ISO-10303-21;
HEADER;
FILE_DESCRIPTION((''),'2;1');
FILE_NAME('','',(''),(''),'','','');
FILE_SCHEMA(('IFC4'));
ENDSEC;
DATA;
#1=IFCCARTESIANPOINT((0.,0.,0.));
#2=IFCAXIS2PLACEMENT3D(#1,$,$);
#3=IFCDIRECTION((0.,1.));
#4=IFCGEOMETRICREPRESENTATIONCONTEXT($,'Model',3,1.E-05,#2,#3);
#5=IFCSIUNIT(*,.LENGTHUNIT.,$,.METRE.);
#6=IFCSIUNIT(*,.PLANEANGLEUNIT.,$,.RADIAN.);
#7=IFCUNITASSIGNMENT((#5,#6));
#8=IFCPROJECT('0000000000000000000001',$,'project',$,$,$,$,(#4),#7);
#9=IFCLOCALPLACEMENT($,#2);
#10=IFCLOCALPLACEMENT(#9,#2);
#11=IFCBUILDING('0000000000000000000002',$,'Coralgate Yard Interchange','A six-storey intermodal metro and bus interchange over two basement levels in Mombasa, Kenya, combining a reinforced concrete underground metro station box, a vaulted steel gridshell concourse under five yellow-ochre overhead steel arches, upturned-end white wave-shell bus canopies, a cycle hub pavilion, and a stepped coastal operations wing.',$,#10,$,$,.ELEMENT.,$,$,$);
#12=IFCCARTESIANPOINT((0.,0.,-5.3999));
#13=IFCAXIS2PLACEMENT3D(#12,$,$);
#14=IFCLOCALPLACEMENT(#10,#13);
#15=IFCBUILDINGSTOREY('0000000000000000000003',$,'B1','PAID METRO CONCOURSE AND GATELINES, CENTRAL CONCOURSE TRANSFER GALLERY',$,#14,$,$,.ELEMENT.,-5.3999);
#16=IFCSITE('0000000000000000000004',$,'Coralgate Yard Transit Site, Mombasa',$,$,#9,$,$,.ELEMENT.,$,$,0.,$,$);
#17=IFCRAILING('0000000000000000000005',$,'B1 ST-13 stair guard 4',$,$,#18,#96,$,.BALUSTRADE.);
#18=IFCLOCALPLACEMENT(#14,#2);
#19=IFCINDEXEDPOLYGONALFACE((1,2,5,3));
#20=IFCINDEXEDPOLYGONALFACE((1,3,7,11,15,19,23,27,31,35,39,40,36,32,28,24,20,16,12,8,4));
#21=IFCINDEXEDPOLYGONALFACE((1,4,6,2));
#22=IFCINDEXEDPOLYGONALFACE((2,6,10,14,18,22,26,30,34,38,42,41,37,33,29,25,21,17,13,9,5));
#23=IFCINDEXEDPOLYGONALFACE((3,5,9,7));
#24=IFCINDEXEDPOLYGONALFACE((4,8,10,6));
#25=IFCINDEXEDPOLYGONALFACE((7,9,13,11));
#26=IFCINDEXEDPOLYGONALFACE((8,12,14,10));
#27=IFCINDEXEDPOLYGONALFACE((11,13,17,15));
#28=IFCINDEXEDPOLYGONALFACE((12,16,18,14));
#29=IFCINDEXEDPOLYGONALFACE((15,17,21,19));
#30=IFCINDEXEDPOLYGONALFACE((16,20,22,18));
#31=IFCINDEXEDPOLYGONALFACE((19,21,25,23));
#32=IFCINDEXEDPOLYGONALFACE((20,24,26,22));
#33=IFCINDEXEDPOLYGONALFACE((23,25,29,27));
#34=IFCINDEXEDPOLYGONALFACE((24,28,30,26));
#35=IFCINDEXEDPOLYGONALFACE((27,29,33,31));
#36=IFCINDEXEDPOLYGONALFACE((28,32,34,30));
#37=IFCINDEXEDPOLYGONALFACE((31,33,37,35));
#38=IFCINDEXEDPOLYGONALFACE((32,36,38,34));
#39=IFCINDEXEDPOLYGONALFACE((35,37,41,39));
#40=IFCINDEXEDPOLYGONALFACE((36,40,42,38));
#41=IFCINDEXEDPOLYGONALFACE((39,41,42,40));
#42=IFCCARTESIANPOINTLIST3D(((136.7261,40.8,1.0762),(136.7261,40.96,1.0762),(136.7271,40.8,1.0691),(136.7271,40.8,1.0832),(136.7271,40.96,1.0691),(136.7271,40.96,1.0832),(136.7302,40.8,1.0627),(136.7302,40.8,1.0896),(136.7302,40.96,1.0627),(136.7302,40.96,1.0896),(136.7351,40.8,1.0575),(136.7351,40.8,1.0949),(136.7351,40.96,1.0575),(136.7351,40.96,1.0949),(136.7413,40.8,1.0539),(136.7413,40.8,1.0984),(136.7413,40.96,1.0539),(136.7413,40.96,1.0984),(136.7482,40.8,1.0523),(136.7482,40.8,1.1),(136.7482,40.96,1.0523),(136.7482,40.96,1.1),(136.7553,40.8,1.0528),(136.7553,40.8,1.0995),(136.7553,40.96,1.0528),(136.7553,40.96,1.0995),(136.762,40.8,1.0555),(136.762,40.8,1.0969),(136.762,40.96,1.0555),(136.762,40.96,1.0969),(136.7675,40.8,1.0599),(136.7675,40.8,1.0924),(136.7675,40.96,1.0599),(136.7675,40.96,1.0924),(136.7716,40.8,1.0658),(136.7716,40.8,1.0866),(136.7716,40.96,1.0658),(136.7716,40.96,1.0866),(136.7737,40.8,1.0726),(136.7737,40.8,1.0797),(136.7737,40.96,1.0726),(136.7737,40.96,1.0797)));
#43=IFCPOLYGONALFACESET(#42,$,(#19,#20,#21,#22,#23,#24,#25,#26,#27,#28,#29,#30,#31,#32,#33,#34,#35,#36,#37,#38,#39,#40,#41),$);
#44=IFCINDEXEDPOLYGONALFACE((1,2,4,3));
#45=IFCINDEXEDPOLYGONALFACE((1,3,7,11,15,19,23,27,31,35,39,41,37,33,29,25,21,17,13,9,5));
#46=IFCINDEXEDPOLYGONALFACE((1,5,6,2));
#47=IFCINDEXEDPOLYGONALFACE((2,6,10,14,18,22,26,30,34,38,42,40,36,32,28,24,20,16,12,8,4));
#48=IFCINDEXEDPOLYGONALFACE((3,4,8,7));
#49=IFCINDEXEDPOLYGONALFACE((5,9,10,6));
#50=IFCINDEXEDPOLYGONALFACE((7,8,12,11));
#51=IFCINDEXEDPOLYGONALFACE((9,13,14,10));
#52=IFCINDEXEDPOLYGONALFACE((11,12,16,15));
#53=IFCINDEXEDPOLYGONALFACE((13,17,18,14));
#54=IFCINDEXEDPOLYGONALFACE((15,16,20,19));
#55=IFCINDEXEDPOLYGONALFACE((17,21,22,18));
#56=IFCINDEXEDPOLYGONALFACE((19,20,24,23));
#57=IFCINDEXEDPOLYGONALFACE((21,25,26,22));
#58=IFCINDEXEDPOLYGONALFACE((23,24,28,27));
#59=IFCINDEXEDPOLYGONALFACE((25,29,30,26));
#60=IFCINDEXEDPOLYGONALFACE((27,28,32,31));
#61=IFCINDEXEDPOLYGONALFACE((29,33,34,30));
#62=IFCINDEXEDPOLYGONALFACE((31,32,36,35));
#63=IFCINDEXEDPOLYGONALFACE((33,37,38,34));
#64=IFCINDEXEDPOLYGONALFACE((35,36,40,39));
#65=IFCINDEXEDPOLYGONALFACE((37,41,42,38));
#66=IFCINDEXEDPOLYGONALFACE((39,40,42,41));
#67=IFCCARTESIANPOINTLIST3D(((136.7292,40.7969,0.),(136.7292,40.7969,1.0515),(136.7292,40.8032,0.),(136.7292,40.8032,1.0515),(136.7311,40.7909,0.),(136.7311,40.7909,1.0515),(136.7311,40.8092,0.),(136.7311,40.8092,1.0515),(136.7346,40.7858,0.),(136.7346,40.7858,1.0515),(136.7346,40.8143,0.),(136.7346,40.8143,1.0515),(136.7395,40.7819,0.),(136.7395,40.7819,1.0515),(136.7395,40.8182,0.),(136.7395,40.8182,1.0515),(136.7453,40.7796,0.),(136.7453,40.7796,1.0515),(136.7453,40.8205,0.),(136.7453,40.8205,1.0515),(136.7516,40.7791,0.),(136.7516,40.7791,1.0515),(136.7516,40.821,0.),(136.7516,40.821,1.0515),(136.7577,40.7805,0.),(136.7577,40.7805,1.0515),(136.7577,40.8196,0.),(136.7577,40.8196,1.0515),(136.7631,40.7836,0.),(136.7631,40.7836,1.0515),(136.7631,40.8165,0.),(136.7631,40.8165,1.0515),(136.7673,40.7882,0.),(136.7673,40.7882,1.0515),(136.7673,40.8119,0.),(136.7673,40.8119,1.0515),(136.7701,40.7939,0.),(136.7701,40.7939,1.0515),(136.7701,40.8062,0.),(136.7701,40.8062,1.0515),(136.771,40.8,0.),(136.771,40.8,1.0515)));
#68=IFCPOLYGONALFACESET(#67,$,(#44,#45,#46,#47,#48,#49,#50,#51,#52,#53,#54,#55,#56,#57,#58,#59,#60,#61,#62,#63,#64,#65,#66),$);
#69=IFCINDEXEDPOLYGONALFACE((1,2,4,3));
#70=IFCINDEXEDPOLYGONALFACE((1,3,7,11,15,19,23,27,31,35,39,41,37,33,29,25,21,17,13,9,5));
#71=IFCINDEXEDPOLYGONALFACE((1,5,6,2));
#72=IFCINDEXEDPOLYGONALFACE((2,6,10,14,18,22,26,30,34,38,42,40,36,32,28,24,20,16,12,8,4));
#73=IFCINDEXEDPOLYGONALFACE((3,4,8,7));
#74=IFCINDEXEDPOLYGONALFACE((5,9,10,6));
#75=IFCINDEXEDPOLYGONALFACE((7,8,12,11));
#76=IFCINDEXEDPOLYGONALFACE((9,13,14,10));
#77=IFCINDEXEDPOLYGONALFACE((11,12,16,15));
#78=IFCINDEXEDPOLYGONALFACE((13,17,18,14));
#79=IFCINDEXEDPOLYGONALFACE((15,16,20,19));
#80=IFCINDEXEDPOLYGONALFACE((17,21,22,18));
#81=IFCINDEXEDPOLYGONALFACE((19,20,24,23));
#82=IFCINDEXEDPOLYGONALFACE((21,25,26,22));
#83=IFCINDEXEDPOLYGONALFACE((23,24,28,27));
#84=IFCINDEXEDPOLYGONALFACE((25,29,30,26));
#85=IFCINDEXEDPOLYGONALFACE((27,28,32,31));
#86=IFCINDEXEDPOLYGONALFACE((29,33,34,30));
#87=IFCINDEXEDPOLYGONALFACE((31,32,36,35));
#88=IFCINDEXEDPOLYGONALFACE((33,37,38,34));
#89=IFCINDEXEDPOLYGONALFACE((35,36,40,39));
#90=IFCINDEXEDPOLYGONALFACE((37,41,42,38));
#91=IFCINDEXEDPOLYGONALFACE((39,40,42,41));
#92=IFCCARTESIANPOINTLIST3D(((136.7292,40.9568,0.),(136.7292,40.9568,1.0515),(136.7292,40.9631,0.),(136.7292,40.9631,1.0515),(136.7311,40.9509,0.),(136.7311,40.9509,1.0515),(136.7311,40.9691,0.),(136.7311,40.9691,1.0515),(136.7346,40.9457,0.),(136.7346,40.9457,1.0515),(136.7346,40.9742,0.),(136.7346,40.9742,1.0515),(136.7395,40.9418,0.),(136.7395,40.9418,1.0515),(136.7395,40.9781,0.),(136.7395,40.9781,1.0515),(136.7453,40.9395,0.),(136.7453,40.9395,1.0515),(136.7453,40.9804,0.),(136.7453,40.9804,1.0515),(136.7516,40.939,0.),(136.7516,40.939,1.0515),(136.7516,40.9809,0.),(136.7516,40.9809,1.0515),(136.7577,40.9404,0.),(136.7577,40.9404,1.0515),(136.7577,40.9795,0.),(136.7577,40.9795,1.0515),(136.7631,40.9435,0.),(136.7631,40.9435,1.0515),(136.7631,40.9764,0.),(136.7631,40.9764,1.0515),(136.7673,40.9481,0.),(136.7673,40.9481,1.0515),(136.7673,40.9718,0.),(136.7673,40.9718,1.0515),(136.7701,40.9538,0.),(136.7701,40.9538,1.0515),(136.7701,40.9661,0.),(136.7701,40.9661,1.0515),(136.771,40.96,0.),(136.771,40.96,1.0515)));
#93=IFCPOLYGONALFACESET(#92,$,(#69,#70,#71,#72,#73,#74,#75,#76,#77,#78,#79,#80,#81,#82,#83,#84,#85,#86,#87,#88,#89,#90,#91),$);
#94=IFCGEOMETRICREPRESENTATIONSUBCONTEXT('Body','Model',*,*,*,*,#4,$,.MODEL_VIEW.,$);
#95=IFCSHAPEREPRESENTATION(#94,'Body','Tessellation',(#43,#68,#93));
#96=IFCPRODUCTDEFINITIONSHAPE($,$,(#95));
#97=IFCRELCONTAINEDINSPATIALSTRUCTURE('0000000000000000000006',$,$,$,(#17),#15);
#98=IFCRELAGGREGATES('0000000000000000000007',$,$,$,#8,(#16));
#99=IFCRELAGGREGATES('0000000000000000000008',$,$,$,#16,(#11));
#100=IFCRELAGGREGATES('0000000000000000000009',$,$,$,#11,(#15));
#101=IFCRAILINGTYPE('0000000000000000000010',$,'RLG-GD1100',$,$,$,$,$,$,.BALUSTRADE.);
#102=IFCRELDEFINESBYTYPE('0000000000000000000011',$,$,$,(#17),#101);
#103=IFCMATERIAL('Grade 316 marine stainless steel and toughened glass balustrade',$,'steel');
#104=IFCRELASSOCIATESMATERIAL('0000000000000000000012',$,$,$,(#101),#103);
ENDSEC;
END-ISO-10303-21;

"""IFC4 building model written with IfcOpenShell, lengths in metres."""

from ifc_helpers import new_model, si_unit, direction, frame, origin, origin_2d, place, context, subcontext, project, spatial, circle, extrude, material, type_object, element, save


model = new_model("IFC4")

# Units and contexts
model_context = context("Model", 3, precision=1e-05, world=origin(), true_north=direction((0.0, 1.0)))
body_context = subcontext(model_context, "Body", "Model", "MODEL_VIEW")
ifc_project = project(units=[si_unit("LENGTHUNIT", "METRE"), si_unit("PLANEANGLEUNIT", "RADIAN")], contexts=[model_context])

# Site, building, storey
site_placement = place(None, origin())
site = spatial("IfcSite", under=ifc_project, at=site_placement, Name="Coralgate Yard Transit Site, Mombasa", CompositionType="ELEMENT", RefElevation=0.0)
building_placement = place(site_placement, origin())
building = spatial("IfcBuilding", under=site, at=building_placement, Name="Coralgate Yard Interchange", Description="A six-storey intermodal metro and bus interchange over two basement levels in Mombasa, Kenya, combining a reinforced concrete underground metro station box, a vaulted steel gridshell concourse under five yellow-ochre overhead steel arches, upturned-end white wave-shell bus canopies, a cycle hub pavilion, and a stepped coastal operations wing.", CompositionType="ELEMENT")
storey_placement = place(building_placement, frame((0.0, 0.0, -5.3999)))
storey = spatial("IfcBuildingStorey", under=building, at=storey_placement, Name="B1", Description="PAID METRO CONCOURSE AND GATELINES, CENTRAL CONCOURSE TRANSFER GALLERY", CompositionType="ELEMENT", Elevation=-5.3999)

# Railing
ifc_material_1 = material(Name="Grade 316 marine stainless steel and toughened glass balustrade", Category="steel")
railing_type_1 = type_object("IfcRailingType", Name="RLG-GD1100", PredefinedType="BALUSTRADE", material=ifc_material_1)
railing_1_placement = place(storey_placement, frame((136.75, 40.8, 0.0)))
element("IfcRailing", 1, at=railing_1_placement, inside=storey, type_object=railing_type_1, Name="B1 ST-13 stair guard 4", PredefinedType="BALUSTRADE", context=body_context, shape_type="SweptSolid", body=[
    extrude(circle(Radius=0.0239, at=origin_2d()), frame((0.0, 0.0, 1.0762), z_axis=(0.0, 1.0, 0.0), x_axis=(-1.0, 0.0, 0.0)), (0.0, 0.0, 1.0), 0.1599),
    extrude(circle(Radius=0.021, at=origin_2d()), origin(), (0.0, 0.0, 1.0), 1.0515),
    extrude(circle(Radius=0.021, at=origin_2d()), frame((0.0, 0.1599, 0.0)), (0.0, 0.0, 1.0), 1.0515),
])

save(model, "model.ifc")
